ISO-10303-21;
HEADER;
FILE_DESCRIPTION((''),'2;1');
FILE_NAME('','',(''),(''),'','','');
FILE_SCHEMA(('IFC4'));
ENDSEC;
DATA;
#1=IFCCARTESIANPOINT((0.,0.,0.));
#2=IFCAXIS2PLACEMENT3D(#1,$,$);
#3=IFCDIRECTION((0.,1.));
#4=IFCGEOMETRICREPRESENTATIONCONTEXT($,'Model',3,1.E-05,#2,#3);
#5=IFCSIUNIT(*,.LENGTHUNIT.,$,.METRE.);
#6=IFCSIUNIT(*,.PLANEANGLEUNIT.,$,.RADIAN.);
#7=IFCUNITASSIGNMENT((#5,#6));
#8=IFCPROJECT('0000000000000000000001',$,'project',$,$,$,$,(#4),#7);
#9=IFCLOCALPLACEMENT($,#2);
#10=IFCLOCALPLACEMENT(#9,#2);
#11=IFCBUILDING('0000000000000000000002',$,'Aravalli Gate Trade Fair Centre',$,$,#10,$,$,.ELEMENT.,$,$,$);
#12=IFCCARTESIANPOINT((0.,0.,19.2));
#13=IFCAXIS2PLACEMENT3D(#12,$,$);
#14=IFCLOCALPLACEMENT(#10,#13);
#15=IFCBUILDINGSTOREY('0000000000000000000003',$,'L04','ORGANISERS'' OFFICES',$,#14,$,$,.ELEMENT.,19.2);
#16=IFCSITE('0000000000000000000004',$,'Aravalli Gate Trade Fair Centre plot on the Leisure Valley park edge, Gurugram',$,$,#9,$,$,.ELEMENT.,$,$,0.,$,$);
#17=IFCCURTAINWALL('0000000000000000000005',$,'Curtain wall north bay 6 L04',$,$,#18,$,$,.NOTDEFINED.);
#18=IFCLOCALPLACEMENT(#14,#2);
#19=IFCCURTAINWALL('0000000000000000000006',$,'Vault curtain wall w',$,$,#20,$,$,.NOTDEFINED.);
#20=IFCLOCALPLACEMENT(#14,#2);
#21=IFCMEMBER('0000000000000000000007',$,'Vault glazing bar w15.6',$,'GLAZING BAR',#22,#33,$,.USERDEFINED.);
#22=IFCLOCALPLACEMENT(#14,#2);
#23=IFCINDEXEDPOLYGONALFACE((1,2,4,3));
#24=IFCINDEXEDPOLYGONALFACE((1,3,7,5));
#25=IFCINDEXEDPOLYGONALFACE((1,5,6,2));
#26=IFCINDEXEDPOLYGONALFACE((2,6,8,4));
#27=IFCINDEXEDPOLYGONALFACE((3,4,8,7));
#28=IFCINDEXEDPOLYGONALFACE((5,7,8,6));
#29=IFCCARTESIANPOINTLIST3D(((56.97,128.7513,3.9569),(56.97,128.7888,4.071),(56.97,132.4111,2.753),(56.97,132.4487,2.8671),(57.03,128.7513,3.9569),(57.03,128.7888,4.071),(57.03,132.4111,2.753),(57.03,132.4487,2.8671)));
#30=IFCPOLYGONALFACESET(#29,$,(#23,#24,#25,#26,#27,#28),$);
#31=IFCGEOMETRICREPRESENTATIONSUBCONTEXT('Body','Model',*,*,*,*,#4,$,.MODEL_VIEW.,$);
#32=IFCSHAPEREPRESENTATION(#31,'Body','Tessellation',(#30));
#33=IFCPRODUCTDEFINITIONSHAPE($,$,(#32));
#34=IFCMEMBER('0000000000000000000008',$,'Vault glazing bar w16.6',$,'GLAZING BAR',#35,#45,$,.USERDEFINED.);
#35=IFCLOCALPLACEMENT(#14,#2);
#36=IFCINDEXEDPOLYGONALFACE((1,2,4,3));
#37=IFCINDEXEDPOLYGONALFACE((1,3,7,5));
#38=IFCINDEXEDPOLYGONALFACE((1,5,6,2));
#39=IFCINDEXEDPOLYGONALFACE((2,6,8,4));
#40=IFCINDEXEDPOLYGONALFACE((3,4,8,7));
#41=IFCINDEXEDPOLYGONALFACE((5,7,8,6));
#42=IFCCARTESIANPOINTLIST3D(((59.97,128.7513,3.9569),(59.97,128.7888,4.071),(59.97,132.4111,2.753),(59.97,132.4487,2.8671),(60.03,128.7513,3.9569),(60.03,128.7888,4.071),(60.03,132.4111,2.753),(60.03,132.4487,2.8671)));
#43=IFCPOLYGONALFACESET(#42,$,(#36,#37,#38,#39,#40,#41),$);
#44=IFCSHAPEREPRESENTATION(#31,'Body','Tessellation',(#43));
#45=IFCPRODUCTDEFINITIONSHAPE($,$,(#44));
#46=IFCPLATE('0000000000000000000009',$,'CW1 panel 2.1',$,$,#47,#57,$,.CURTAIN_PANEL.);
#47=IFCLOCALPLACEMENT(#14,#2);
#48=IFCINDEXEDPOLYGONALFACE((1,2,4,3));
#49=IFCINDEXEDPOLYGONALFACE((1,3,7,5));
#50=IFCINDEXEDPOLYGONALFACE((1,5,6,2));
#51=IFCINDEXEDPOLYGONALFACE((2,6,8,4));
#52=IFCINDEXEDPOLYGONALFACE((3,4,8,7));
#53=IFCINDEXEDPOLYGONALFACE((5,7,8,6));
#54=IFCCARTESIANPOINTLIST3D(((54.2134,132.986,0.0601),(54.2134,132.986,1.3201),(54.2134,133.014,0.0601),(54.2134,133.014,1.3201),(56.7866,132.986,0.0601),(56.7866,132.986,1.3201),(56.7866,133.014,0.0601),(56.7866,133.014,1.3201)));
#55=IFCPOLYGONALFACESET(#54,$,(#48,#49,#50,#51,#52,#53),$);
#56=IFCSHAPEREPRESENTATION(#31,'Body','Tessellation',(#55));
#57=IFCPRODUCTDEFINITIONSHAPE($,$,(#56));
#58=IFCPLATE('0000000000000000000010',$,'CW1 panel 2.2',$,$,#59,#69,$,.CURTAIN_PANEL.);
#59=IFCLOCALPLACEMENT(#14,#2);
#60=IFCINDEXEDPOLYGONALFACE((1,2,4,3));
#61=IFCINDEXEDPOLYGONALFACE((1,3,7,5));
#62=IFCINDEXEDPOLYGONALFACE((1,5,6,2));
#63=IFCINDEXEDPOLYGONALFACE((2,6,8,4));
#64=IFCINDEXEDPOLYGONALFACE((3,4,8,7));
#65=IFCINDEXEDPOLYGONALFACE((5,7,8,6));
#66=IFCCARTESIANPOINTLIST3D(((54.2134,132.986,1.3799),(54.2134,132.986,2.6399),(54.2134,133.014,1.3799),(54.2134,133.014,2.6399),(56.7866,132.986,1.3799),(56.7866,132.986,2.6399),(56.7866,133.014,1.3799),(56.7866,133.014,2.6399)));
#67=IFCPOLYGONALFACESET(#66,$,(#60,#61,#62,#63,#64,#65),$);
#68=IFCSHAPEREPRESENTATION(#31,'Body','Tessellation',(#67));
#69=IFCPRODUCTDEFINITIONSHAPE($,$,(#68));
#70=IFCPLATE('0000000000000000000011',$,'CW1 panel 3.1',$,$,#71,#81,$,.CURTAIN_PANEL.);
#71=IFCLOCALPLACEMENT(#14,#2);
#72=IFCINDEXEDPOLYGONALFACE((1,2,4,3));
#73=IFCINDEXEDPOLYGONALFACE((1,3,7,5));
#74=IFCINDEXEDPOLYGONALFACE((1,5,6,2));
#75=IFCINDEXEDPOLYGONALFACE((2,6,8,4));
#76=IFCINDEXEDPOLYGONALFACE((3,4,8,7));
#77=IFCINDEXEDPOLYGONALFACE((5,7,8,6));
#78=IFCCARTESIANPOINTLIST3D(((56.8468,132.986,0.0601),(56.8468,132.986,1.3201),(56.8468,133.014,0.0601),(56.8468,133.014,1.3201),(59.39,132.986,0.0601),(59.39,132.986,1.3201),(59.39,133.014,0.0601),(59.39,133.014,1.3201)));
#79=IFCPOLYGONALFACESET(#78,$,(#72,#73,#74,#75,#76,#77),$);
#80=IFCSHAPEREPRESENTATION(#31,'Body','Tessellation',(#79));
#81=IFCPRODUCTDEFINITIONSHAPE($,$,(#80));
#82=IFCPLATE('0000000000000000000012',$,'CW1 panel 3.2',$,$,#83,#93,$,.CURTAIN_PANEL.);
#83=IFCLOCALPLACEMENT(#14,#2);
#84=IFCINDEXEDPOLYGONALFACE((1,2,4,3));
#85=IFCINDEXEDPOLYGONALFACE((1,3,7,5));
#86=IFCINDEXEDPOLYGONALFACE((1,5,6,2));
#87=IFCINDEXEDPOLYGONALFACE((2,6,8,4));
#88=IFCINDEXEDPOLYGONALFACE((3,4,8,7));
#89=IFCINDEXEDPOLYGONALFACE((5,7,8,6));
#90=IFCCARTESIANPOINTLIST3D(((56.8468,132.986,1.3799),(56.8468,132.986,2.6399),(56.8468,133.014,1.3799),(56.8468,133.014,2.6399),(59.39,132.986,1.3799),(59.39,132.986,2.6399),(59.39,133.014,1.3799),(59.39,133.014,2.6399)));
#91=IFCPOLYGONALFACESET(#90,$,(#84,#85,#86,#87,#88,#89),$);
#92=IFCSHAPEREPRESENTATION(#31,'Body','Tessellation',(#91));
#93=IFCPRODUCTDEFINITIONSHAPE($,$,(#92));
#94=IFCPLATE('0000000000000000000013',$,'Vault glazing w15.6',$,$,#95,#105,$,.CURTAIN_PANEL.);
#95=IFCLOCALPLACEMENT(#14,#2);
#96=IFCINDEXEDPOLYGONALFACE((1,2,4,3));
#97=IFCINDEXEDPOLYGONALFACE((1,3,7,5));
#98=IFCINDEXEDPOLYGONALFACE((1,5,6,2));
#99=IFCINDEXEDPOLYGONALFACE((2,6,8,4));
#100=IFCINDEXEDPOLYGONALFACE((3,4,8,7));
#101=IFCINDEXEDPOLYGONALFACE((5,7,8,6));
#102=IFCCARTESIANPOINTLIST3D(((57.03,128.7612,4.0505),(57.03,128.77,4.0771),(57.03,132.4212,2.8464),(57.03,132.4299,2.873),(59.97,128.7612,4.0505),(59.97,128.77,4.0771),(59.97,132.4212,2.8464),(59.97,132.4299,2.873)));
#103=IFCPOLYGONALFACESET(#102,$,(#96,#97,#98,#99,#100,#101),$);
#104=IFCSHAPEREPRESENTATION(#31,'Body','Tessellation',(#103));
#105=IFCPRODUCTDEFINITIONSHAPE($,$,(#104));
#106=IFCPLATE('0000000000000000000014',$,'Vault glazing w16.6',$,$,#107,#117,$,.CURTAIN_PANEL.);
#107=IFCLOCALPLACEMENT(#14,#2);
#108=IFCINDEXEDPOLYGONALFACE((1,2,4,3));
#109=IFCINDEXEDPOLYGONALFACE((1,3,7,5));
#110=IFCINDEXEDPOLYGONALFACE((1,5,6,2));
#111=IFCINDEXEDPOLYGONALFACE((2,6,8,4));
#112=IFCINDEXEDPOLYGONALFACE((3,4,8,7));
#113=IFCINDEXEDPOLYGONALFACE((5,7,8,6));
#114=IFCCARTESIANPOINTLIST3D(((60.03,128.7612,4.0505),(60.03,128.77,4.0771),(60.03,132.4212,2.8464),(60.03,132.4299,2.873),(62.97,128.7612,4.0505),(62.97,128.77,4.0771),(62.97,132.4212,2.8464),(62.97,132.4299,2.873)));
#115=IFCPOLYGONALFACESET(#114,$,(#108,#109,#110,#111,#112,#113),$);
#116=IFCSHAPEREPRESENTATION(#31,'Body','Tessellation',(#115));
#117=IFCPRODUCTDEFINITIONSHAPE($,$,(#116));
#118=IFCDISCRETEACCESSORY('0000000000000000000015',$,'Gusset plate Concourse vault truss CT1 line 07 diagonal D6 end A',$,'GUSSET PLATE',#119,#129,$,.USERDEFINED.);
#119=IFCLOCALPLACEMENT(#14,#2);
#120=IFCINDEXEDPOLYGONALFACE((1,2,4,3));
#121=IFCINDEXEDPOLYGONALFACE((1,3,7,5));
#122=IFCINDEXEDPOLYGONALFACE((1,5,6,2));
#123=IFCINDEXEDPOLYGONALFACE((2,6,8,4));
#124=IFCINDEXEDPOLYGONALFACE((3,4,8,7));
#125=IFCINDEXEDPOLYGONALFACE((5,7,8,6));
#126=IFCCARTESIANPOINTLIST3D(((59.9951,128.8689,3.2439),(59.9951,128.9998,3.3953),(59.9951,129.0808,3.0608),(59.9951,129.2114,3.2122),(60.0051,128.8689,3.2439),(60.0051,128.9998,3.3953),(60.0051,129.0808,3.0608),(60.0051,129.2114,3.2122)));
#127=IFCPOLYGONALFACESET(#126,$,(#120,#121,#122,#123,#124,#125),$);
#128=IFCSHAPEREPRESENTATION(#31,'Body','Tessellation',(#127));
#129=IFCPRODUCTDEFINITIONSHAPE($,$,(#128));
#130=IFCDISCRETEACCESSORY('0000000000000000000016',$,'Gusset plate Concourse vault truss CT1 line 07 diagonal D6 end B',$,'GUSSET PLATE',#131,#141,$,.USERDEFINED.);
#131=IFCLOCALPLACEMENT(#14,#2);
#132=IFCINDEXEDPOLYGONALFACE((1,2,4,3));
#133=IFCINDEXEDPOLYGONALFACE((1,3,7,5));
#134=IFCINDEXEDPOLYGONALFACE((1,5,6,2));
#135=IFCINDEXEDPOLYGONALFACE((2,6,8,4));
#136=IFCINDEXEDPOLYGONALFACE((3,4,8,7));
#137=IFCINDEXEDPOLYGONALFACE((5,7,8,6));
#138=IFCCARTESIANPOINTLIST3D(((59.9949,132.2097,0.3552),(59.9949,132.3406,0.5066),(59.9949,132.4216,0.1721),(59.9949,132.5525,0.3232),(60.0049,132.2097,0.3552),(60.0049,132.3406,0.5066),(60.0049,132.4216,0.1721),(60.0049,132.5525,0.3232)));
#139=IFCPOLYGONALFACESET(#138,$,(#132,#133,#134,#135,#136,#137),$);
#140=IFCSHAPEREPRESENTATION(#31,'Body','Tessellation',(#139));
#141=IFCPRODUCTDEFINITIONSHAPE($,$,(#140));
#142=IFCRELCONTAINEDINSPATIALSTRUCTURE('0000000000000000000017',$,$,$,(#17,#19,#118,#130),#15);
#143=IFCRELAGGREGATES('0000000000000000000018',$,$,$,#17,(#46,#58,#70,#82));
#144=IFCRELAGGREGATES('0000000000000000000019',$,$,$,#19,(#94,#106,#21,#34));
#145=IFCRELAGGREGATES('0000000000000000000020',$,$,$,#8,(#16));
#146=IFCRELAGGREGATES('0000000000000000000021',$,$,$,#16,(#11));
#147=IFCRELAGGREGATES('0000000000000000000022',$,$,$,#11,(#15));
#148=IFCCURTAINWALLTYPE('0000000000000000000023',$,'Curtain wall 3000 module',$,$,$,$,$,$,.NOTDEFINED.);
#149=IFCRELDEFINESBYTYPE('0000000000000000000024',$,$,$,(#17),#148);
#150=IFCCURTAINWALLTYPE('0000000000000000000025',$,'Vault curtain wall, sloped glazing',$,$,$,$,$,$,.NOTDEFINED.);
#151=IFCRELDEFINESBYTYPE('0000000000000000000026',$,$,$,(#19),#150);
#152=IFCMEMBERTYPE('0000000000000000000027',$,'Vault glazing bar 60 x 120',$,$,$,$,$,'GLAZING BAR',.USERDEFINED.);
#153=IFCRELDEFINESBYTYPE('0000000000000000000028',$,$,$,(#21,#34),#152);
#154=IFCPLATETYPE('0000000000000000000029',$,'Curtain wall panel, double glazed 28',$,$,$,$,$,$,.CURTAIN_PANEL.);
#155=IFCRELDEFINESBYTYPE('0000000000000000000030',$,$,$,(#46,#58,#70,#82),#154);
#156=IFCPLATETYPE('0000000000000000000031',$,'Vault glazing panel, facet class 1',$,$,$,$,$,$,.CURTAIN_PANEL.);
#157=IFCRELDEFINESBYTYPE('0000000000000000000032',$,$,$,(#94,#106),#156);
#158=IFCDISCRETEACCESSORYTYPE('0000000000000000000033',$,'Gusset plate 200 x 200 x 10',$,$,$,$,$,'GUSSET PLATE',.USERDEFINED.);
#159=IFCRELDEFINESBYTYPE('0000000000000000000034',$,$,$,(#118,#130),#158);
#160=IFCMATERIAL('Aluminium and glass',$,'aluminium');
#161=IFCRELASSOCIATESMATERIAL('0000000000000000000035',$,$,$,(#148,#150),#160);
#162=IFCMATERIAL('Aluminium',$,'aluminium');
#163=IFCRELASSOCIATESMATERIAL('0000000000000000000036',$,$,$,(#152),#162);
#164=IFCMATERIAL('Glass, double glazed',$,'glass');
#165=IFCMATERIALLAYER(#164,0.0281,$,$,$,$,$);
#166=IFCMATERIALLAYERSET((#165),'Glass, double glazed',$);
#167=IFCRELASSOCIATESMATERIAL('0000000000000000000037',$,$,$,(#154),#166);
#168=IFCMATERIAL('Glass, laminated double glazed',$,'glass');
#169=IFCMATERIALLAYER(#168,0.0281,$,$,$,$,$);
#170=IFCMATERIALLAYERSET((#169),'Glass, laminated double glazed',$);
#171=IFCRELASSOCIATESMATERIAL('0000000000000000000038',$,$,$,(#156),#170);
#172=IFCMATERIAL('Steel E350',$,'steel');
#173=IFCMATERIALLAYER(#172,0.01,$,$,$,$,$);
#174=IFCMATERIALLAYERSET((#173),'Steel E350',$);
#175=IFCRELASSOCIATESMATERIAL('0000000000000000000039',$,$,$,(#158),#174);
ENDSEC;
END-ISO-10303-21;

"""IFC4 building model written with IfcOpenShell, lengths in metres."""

from ifc_helpers import new_model, si_unit, direction, frame, origin, origin_2d, place, context, subcontext, project, spatial, polyline, rectangle, outline, extrude, material, layer, layer_set, material_profile, profile_set, type_object, element, aggregate, save


model = new_model("IFC4")

# Units and contexts
model_context = context("Model", 3, precision=1e-05, world=origin(), true_north=direction((0.0, 1.0)))
body_context = subcontext(model_context, "Body", "Model", "MODEL_VIEW")
ifc_project = project(units=[si_unit("LENGTHUNIT", "METRE"), si_unit("PLANEANGLEUNIT", "RADIAN")], contexts=[model_context])

# Site, building, storey
site_placement = place(None, origin())
site = spatial("IfcSite", under=ifc_project, at=site_placement, Name="Aravalli Gate Trade Fair Centre plot on the Leisure Valley park edge, Gurugram", CompositionType="ELEMENT", RefElevation=0.0)
building_placement = place(site_placement, origin())
building = spatial("IfcBuilding", under=site, at=building_placement, Name="Aravalli Gate Trade Fair Centre", CompositionType="ELEMENT")
storey_placement = place(building_placement, frame((0.0, 0.0, 19.2)))
storey = spatial("IfcBuildingStorey", under=building, at=storey_placement, Name="L04", Description="ORGANISERS' OFFICES", CompositionType="ELEMENT", Elevation=19.2)

# Curtain wall
ifc_material_1 = material(Name="Aluminium and glass", Category="aluminium")
curtain_wall_type_1 = type_object("IfcCurtainWallType", Name="Curtain wall 3000 module", PredefinedType="NOTDEFINED", material=ifc_material_1)
curtain_wall_1_placement = place(storey_placement, origin())
curtain_wall_1 = element("IfcCurtainWall", 1, at=curtain_wall_1_placement, inside=storey, type_object=curtain_wall_type_1, Name="Curtain wall north bay 6 L04", PredefinedType="NOTDEFINED")
ifc_material_2 = material(Name="Aluminium", Category="aluminium")

# Shared definitions
ifc_material_3 = material(Name="Steel E350", Category="steel")

# Curtain wall, members
curtain_wall_type_2 = type_object("IfcCurtainWallType", Name="Vault curtain wall, sloped glazing", PredefinedType="NOTDEFINED", material=ifc_material_1)
curtain_wall_2_placement = place(storey_placement, origin())
curtain_wall_2 = element("IfcCurtainWall", 2, at=curtain_wall_2_placement, inside=storey, type_object=curtain_wall_type_2, Name="Vault curtain wall w", PredefinedType="NOTDEFINED")
ifc_material_profile_1 = material_profile(ifc_material_2, rectangle(XDim=0.0601, YDim=0.1201, at=origin_2d()), Name="Vault glazing bar 60 x 120")
ifc_profile_set_1 = profile_set([ifc_material_profile_1], Name="Aluminium")
member_type_1 = type_object("IfcMemberType", Name="Vault glazing bar 60 x 120", ElementType="GLAZING BAR", PredefinedType="USERDEFINED", material=ifc_profile_set_1)
member_1_placement = place(storey_placement, frame((57.0, 128.77, 4.0139), z_axis=(0.0, 0.94993, -0.312461), x_axis=(-1.0, 0.0, 0.0)))
member_1 = element("IfcMember", 3, at=member_1_placement, type_object=member_type_1, Name="Vault glazing bar w15.6", ObjectType="GLAZING BAR", PredefinedType="USERDEFINED", context=body_context, shape_type="SweptSolid", body=[
    extrude(rectangle(XDim=0.0601, YDim=0.1201, at=origin_2d()), origin(), (0.0, 0.0, 1.0), 3.8528),
])
member_2_placement = place(storey_placement, frame((60.0, 128.77, 4.0139), z_axis=(0.0, 0.94993, -0.312461), x_axis=(-1.0, 0.0, 0.0)))
member_2 = element("IfcMember", 4, at=member_2_placement, type_object=member_type_1, Name="Vault glazing bar w16.6", ObjectType="GLAZING BAR", PredefinedType="USERDEFINED", context=body_context, shape_type="SweptSolid", body=[
    extrude(rectangle(XDim=0.0601, YDim=0.1201, at=origin_2d()), origin(), (0.0, 0.0, 1.0), 3.8528),
])

# Plates
ifc_material_4 = material(Name="Glass, double glazed", Category="glass")
ifc_layer_1 = layer(ifc_material_4, 0.0281)
ifc_layer_set_1 = layer_set([ifc_layer_1], Name="Glass, double glazed")
plate_type_1 = type_object("IfcPlateType", Name="Curtain wall panel, double glazed 28", PredefinedType="CURTAIN_PANEL", material=ifc_layer_set_1)
plate_1_placement = place(storey_placement, frame((55.5, 133.0, 0.0601), z_axis=(0.0, 0.0, 1.0), x_axis=(1.0, 0.0, 0.0)))
plate_1 = element("IfcPlate", 5, at=plate_1_placement, type_object=plate_type_1, Name="CW1 panel 2.1", PredefinedType="CURTAIN_PANEL", context=body_context, shape_type="SweptSolid", body=[
    extrude(rectangle(XDim=2.5732, YDim=0.0281, at=origin_2d()), origin(), (0.0, 0.0, 1.0), 1.26),
])
plate_2_placement = place(storey_placement, frame((55.5, 133.0, 1.3799), z_axis=(0.0, 0.0, 1.0), x_axis=(1.0, 0.0, 0.0)))
plate_2 = element("IfcPlate", 6, at=plate_2_placement, type_object=plate_type_1, Name="CW1 panel 2.2", PredefinedType="CURTAIN_PANEL", context=body_context, shape_type="SweptSolid", body=[
    extrude(rectangle(XDim=2.5732, YDim=0.0281, at=origin_2d()), origin(), (0.0, 0.0, 1.0), 1.26),
])
plate_3_placement = place(storey_placement, frame((58.1184, 133.0, 0.0601), z_axis=(0.0, 0.0, 1.0), x_axis=(1.0, 0.0, 0.0)))
plate_3 = element("IfcPlate", 7, at=plate_3_placement, type_object=plate_type_1, Name="CW1 panel 3.1", PredefinedType="CURTAIN_PANEL", context=body_context, shape_type="SweptSolid", body=[
    extrude(rectangle(XDim=2.5432, YDim=0.0281, at=origin_2d()), origin(), (0.0, 0.0, 1.0), 1.26),
])
plate_4_placement = place(storey_placement, frame((58.1184, 133.0, 1.3799), z_axis=(0.0, 0.0, 1.0), x_axis=(1.0, 0.0, 0.0)))
plate_4 = element("IfcPlate", 8, at=plate_4_placement, type_object=plate_type_1, Name="CW1 panel 3.2", PredefinedType="CURTAIN_PANEL", context=body_context, shape_type="SweptSolid", body=[
    extrude(rectangle(XDim=2.5432, YDim=0.0281, at=origin_2d()), origin(), (0.0, 0.0, 1.0), 1.26),
])
aggregate(curtain_wall_1, [plate_1, plate_2, plate_3, plate_4])
ifc_material_5 = material(Name="Glass, laminated double glazed", Category="glass")
ifc_layer_2 = layer(ifc_material_5, 0.0281)
ifc_layer_set_2 = layer_set([ifc_layer_2], Name="Glass, laminated double glazed")
plate_type_2 = type_object("IfcPlateType", Name="Vault glazing panel, facet class 1", PredefinedType="CURTAIN_PANEL", material=ifc_layer_set_2)
plate_5_placement = place(storey_placement, frame((57.03, 128.77, 4.0771), z_axis=(0.0, 0.312518, 0.949912), x_axis=(1.0, 0.0, 0.0)))
plate_5 = element("IfcPlate", 9, at=plate_5_placement, type_object=plate_type_2, Name="Vault glazing w15.6", PredefinedType="CURTAIN_PANEL", context=body_context, shape_type="SweptSolid", body=[
    extrude(outline(polyline([(0.0, 0.0), (2.9399, 0.0), (2.9399, 3.8529), (0.0, 3.8529), (0.0, 0.0)])), origin(), (0.0, 0.0, -1.0), 0.0281),
])
plate_6_placement = place(storey_placement, frame((60.03, 128.77, 4.0771), z_axis=(0.0, 0.312518, 0.949912), x_axis=(1.0, 0.0, 0.0)))
plate_6 = element("IfcPlate", 10, at=plate_6_placement, type_object=plate_type_2, Name="Vault glazing w16.6", PredefinedType="CURTAIN_PANEL", context=body_context, shape_type="SweptSolid", body=[
    extrude(outline(polyline([(0.0, 0.0), (2.9399, 0.0), (2.9399, 3.8529), (0.0, 3.8529), (0.0, 0.0)])), origin(), (0.0, 0.0, -1.0), 0.0281),
])
aggregate(curtain_wall_2, [plate_5, plate_6, member_1, member_2])

# Discrete accessories
ifc_layer_3 = layer(ifc_material_3, 0.01)
ifc_layer_set_3 = layer_set([ifc_layer_3], Name="Steel E350")
discrete_accessory_type = type_object("IfcDiscreteAccessoryType", Name="Gusset plate 200 x 200 x 10", ElementType="GUSSET PLATE", PredefinedType="USERDEFINED", material=ifc_layer_set_3)
discrete_accessory_1_placement = place(storey_placement, frame((59.9951, 129.0808, 3.0608), z_axis=(-1.0, 0.0, 0.0), x_axis=(0.0, -0.756666, 0.653801)))
element("IfcDiscreteAccessory", 11, at=discrete_accessory_1_placement, inside=storey, type_object=discrete_accessory_type, Name="Gusset plate Concourse vault truss CT1 line 07 diagonal D6 end A", ObjectType="GUSSET PLATE", PredefinedType="USERDEFINED", context=body_context, shape_type="SweptSolid", body=[
    extrude(outline(polyline([(0.0, 0.0), (0.2801, 0.0), (0.28, 0.2001), (0.0001, 0.1999), (0.0, 0.0)])), origin(), (0.0, 0.0, -1.0), 0.01),
])
discrete_accessory_2_placement = place(storey_placement, frame((60.0049, 132.2097, 0.3552), z_axis=(1.0, 0.0, 0.0), x_axis=(0.0, 0.756666, -0.653801)))
element("IfcDiscreteAccessory", 12, at=discrete_accessory_2_placement, inside=storey, type_object=discrete_accessory_type, Name="Gusset plate Concourse vault truss CT1 line 07 diagonal D6 end B", ObjectType="GUSSET PLATE", PredefinedType="USERDEFINED", context=body_context, shape_type="SweptSolid", body=[
    extrude(outline(polyline([(0.0, 0.0), (0.2801, 0.0), (0.2803, 0.1999), (0.0001, 0.2001), (0.0, 0.0)])), origin(), (0.0, 0.0, -1.0), 0.01),
])

save(model, "model.ifc")
